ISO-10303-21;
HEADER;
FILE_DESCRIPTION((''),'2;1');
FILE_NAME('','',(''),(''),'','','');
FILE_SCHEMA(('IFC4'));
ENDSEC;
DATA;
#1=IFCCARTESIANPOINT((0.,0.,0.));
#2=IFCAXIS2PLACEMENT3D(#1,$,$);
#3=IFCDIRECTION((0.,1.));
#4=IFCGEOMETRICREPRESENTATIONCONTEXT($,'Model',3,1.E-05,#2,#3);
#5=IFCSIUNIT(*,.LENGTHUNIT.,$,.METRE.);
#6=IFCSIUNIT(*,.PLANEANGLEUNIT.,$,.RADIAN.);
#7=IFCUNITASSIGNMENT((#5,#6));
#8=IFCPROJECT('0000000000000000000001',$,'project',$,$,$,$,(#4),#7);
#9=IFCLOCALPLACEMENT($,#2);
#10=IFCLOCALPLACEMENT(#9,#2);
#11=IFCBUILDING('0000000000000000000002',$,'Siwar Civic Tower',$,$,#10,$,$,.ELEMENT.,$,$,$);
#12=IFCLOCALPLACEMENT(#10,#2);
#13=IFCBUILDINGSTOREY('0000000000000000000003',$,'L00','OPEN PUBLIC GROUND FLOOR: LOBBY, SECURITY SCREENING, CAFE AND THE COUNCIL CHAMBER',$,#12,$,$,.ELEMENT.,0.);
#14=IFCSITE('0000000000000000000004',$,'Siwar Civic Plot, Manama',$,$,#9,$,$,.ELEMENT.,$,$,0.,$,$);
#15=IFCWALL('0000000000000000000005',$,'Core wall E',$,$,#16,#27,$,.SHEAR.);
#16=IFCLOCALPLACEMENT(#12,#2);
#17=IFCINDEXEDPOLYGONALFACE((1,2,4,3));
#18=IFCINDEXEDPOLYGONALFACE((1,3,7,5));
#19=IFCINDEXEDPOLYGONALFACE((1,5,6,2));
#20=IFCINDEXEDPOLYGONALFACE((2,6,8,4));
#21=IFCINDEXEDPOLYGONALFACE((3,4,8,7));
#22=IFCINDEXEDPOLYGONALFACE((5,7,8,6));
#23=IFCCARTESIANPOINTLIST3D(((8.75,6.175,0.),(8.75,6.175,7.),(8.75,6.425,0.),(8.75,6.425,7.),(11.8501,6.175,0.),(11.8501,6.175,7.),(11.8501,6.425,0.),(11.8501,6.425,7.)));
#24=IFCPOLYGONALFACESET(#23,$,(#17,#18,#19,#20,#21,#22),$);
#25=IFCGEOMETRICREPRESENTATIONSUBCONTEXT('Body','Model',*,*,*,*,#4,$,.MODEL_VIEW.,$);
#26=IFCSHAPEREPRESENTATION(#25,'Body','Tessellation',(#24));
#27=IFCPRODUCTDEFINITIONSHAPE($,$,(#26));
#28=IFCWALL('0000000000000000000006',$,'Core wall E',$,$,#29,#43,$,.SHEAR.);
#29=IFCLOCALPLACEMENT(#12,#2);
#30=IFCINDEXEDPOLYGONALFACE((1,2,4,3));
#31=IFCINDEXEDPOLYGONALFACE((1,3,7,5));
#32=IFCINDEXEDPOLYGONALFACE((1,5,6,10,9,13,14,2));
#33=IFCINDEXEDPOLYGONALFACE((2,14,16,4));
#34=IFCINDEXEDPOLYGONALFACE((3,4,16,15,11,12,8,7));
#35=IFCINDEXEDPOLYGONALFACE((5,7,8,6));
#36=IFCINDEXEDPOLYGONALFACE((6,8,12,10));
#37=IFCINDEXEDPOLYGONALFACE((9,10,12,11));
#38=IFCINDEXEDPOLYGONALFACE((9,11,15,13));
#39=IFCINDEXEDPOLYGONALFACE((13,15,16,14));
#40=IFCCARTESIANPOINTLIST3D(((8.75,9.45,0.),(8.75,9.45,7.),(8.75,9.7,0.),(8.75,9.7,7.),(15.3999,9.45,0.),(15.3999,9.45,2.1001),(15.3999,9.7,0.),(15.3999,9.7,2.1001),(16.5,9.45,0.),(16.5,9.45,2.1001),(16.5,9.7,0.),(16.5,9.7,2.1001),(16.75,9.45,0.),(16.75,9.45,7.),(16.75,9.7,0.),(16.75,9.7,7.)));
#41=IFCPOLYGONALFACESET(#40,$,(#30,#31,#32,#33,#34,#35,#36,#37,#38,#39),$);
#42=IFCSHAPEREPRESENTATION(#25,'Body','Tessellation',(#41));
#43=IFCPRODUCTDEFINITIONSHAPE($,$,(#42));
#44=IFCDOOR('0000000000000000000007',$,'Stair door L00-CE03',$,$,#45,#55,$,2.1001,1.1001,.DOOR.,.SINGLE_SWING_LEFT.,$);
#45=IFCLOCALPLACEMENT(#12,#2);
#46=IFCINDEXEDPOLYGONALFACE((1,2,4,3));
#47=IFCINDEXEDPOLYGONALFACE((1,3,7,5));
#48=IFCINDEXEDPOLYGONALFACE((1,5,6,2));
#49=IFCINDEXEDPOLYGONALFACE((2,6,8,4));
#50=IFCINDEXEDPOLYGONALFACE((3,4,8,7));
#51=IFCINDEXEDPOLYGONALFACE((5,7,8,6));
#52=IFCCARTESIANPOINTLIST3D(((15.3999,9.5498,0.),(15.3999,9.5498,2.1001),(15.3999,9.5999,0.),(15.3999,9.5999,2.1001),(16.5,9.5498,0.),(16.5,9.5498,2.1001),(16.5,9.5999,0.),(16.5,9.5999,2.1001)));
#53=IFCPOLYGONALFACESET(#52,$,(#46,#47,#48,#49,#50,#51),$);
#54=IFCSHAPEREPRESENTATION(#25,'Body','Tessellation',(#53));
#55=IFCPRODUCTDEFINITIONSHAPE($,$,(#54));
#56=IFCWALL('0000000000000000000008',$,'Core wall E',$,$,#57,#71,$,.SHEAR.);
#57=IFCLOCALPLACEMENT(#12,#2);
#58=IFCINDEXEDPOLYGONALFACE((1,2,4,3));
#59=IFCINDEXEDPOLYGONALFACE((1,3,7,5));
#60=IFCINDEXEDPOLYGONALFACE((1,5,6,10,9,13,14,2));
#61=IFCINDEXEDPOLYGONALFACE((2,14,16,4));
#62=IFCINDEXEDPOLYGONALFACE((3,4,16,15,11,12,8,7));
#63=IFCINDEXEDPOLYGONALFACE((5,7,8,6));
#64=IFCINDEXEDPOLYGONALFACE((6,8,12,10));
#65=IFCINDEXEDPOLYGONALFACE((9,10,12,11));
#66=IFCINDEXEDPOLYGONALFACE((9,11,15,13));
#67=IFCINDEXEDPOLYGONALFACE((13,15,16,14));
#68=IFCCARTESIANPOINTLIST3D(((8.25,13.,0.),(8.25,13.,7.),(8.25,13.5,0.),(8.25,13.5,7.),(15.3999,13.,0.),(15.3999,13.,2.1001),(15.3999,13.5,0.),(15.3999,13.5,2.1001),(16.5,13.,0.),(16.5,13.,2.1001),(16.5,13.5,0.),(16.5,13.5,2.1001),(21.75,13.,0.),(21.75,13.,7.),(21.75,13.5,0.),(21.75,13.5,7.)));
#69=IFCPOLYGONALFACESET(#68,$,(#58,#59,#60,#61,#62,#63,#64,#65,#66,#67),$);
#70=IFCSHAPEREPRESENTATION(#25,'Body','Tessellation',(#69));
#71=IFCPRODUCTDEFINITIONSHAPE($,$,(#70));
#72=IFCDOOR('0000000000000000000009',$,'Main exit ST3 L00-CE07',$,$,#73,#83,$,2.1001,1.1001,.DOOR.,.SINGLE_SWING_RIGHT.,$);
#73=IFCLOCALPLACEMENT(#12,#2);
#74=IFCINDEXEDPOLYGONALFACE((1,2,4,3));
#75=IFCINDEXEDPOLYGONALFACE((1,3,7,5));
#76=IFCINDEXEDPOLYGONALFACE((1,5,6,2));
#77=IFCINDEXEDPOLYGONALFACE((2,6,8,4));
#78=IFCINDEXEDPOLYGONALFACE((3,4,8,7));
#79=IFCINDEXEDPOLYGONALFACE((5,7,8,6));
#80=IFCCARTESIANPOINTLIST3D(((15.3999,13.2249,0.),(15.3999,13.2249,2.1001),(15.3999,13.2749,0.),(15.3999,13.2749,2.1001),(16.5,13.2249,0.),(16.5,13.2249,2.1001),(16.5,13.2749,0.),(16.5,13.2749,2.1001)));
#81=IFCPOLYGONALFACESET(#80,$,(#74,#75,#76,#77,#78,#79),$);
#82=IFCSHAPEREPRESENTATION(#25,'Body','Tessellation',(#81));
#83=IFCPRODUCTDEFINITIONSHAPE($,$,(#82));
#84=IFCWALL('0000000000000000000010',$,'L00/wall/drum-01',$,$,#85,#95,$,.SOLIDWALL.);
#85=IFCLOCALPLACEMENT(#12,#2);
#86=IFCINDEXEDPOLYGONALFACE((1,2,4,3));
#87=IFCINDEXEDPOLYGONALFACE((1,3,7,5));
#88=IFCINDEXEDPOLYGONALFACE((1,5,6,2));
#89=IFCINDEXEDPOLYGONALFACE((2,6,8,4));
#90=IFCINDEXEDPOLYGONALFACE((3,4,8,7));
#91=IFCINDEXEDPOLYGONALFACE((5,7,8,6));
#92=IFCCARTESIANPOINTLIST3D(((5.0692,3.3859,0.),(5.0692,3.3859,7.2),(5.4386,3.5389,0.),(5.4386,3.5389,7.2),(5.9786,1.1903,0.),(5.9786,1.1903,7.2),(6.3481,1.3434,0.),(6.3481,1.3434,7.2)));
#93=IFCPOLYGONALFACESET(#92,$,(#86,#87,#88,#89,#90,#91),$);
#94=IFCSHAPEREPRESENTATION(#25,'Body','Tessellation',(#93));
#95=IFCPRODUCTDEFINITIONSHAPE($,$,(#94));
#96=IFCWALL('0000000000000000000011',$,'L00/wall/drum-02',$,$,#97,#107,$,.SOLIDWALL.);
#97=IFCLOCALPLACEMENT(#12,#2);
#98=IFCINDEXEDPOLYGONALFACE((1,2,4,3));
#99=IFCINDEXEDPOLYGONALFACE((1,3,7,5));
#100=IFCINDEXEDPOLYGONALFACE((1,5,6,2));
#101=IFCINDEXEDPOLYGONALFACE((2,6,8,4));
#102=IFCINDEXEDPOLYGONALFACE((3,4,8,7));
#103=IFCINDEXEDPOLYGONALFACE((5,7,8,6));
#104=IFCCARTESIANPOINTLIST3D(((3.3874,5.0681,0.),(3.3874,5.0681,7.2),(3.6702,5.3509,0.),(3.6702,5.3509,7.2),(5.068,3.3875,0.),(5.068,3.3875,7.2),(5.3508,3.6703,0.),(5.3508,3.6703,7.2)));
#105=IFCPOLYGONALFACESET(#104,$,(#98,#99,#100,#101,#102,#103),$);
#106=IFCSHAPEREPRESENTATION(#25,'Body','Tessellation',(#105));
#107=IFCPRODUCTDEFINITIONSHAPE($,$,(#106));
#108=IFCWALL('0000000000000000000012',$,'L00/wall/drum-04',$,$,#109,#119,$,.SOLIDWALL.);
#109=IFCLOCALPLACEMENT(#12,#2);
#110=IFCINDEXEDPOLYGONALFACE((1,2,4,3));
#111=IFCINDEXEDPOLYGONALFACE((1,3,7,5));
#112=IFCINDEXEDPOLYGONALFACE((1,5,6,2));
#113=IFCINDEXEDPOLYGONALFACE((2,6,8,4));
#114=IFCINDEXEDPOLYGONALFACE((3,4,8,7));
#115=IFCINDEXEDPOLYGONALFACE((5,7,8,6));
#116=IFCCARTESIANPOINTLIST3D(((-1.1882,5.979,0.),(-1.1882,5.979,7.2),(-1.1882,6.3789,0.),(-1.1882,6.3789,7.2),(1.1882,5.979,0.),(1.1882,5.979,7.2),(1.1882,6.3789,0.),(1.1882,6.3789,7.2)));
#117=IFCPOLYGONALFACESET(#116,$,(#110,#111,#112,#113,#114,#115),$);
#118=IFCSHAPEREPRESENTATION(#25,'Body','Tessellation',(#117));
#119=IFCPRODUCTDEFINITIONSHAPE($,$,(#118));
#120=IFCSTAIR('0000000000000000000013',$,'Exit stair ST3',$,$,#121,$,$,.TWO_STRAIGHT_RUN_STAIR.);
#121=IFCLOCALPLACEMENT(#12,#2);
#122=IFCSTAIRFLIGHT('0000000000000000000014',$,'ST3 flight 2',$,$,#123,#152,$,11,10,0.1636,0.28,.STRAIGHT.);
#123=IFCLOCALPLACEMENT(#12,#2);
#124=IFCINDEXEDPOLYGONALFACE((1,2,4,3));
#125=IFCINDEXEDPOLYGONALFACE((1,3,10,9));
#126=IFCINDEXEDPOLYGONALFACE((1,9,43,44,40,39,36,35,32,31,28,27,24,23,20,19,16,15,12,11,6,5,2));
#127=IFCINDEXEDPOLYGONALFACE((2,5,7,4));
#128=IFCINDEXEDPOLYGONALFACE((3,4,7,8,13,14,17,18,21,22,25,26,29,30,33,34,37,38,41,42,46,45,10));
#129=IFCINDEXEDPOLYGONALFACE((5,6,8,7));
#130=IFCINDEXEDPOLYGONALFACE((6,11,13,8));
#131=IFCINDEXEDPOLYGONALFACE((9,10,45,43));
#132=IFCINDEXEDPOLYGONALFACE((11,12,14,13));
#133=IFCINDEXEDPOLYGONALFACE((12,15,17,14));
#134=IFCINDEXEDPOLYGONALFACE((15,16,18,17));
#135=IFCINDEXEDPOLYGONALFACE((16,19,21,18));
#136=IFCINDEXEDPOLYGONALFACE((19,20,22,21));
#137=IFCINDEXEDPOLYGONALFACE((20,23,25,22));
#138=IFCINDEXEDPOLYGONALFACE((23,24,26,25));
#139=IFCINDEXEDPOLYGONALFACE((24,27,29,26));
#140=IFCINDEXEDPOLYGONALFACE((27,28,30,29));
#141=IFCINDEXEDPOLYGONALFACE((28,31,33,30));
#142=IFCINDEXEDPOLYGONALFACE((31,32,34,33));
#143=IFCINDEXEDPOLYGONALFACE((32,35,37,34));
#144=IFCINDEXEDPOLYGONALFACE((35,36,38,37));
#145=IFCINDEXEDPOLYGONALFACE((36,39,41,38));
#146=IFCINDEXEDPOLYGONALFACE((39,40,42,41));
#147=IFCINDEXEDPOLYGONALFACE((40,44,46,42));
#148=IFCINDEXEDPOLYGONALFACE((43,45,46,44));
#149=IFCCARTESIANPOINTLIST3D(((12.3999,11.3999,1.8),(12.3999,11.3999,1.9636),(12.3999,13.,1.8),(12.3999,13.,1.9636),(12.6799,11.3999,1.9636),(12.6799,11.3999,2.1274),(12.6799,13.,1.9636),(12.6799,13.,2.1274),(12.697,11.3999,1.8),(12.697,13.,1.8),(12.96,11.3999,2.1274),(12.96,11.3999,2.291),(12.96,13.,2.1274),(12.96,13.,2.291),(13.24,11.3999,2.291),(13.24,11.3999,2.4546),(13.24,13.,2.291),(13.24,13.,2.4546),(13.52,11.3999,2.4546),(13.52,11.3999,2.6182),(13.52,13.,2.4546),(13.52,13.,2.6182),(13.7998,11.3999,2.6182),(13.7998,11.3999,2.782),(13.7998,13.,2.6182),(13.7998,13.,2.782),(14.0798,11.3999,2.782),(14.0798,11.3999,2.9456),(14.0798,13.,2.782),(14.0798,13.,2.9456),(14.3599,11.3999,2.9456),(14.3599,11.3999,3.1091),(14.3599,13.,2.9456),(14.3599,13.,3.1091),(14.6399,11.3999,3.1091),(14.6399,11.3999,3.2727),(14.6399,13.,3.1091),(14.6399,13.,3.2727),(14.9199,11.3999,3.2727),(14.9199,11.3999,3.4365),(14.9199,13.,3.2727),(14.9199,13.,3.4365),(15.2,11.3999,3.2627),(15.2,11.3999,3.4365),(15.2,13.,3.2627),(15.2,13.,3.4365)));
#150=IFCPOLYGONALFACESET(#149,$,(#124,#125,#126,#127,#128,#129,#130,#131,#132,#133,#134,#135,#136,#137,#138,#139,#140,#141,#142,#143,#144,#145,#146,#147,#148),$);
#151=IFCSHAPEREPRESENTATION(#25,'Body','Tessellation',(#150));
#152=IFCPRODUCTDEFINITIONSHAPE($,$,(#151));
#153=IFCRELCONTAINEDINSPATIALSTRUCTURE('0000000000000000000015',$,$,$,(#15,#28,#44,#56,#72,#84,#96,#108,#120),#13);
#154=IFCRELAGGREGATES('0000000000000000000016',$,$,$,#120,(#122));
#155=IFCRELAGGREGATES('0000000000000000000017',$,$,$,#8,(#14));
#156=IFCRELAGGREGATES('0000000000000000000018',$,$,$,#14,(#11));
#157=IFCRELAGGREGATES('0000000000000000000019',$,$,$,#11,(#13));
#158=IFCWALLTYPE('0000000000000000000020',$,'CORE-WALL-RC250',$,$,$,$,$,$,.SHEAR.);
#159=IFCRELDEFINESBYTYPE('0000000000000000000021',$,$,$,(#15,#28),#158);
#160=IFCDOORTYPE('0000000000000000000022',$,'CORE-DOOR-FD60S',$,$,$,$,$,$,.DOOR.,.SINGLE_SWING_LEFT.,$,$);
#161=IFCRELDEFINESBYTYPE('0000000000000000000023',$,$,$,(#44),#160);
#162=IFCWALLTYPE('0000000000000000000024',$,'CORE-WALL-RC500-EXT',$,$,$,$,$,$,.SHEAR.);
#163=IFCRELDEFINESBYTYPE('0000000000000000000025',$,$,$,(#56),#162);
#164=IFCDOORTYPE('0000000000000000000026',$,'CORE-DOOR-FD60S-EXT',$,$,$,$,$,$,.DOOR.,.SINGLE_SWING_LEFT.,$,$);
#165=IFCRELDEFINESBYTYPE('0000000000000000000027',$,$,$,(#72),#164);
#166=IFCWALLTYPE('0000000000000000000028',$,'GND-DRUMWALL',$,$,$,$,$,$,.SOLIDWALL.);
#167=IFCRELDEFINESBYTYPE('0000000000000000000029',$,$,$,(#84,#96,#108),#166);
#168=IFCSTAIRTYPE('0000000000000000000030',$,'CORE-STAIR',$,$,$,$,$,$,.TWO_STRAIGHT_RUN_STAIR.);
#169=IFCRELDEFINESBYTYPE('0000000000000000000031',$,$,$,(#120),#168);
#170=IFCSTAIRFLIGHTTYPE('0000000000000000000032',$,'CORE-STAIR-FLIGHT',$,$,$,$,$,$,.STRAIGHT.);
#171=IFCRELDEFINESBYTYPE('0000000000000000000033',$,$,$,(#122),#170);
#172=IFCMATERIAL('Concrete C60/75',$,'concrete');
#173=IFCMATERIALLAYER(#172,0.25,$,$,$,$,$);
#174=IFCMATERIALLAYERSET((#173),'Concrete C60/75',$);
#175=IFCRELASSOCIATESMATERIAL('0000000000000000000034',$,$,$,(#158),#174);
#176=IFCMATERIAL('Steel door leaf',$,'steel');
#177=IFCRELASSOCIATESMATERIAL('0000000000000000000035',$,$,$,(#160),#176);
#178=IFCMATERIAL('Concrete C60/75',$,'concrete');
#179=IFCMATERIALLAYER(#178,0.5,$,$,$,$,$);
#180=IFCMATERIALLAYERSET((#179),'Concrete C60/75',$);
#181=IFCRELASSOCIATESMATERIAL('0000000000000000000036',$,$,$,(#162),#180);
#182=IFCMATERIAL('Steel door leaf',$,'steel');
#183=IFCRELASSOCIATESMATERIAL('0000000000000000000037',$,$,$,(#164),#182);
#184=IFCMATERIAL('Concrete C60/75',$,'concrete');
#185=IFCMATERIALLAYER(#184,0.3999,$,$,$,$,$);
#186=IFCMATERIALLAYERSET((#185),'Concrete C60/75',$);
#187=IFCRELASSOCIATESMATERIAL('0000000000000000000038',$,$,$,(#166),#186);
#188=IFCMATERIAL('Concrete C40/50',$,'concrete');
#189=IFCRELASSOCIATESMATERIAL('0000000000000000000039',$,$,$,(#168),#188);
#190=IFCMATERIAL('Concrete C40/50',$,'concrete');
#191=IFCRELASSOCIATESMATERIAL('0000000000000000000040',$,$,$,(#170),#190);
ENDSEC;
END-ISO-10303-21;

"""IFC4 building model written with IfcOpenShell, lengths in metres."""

from ifc_helpers import new_model, si_unit, direction, frame, frame_2d, origin, place, context, subcontext, project, spatial, polyline, rectangle, outline, extrude, material, layer, layer_set, type_object, element, fill, aggregate, save


model = new_model("IFC4")

# Units and contexts
model_context = context("Model", 3, precision=1e-05, world=origin(), true_north=direction((0.0, 1.0)))
body_context = subcontext(model_context, "Body", "Model", "MODEL_VIEW")
ifc_project = project(units=[si_unit("LENGTHUNIT", "METRE"), si_unit("PLANEANGLEUNIT", "RADIAN")], contexts=[model_context])

# Site, building, storey
site_placement = place(None, origin())
site = spatial("IfcSite", under=ifc_project, at=site_placement, Name="Siwar Civic Plot, Manama", CompositionType="ELEMENT", RefElevation=0.0)
building_placement = place(site_placement, origin())
building = spatial("IfcBuilding", under=site, at=building_placement, Name="Siwar Civic Tower", CompositionType="ELEMENT")
storey_placement = place(building_placement, origin())
storey = spatial("IfcBuildingStorey", under=building, at=storey_placement, Name="L00", Description="OPEN PUBLIC GROUND FLOOR: LOBBY, SECURITY SCREENING, CAFE AND THE COUNCIL CHAMBER", CompositionType="ELEMENT", Elevation=0.0)

# Shared definitions
ifc_material_1 = material(Name="Concrete C60/75", Category="concrete")
ifc_layer_1 = layer(ifc_material_1, 0.25)
ifc_layer_set_1 = layer_set([ifc_layer_1], Name="Concrete C60/75")
wall_type_1 = type_object("IfcWallType", Name="CORE-WALL-RC250", PredefinedType="SHEAR", material=ifc_layer_set_1)

# Wall
for number, where, z_axis, x_axis, name in (
    (1, (8.75, 6.3, 0.0), (0.0, 0.0, 1.0), (1.0, 0.0, 0.0), "Core wall E"),
):
    element("IfcWall", number, at=place(storey_placement, frame(where, z_axis=z_axis, x_axis=x_axis)), inside=storey, type_object=wall_type_1, Name=name, PredefinedType="SHEAR", context=body_context, shape_type="SweptSolid", body=[
        extrude(rectangle(XDim=3.1001, YDim=0.25, at=frame_2d((1.55, 0.0))), origin(), (0.0, 0.0, 1.0), 7.0),
    ])

# Walls, openings, doors
wall_1_placement = place(storey_placement, frame((8.75, 9.575, 0.0), z_axis=(0.0, 0.0, 1.0), x_axis=(1.0, 0.0, 0.0)))
wall_1 = element("IfcWall", 2, at=wall_1_placement, inside=storey, type_object=wall_type_1, Name="Core wall E", PredefinedType="SHEAR", context=body_context, shape_type="SweptSolid", body=[
    extrude(rectangle(XDim=8.0, YDim=0.25, at=frame_2d((4.0, 0.0))), origin(), (0.0, 0.0, 1.0), 7.0),
])
opening_1_placement = place(wall_1_placement, frame((6.6499, 0.0, 0.0)))
opening_1 = element("IfcOpeningElement", 3, at=opening_1_placement, cuts=wall_1, PredefinedType="OPENING", context=body_context, shape_type="SweptSolid", body=[
    extrude(rectangle(XDim=1.1001, YDim=2.1001, at=frame_2d((0.55, 1.05))), frame((0.0, 0.135, 0.0), z_axis=(0.0, -1.0, 0.0), x_axis=(1.0, 0.0, 0.0)), (0.0, 0.0, 1.0), 0.27),
])
ifc_material_2 = material(Name="Steel door leaf", Category="steel")
door_type_1 = type_object("IfcDoorType", Name="CORE-DOOR-FD60S", OperationType="SINGLE_SWING_LEFT", PredefinedType="DOOR", material=ifc_material_2)
door_1_placement = place(opening_1_placement, origin())
door_1 = element("IfcDoor", 4, at=door_1_placement, inside=storey, type_object=door_type_1, Name="Stair door L00-CE03", OperationType="SINGLE_SWING_LEFT", OverallHeight=2.1001, OverallWidth=1.1001, PredefinedType="DOOR", context=body_context, shape_type="SweptSolid", body=[
    extrude(rectangle(XDim=1.1001, YDim=2.1001, at=frame_2d((0.55, 1.05))), frame((0.0, 0.0249, 0.0), z_axis=(0.0, -1.0, 0.0), x_axis=(1.0, 0.0, 0.0)), (0.0, 0.0, 1.0), 0.05),
])
fill(opening_1, door_1)
ifc_material_3 = material(Name="Concrete C60/75", Category="concrete")
ifc_layer_2 = layer(ifc_material_3, 0.5)
ifc_layer_set_2 = layer_set([ifc_layer_2], Name="Concrete C60/75")
wall_type_2 = type_object("IfcWallType", Name="CORE-WALL-RC500-EXT", PredefinedType="SHEAR", material=ifc_layer_set_2)
wall_2_placement = place(storey_placement, frame((8.25, 13.25, 0.0), z_axis=(0.0, 0.0, 1.0), x_axis=(1.0, 0.0, 0.0)))
wall_2 = element("IfcWall", 5, at=wall_2_placement, inside=storey, type_object=wall_type_2, Name="Core wall E", PredefinedType="SHEAR", context=body_context, shape_type="SweptSolid", body=[
    extrude(rectangle(XDim=13.5, YDim=0.5, at=frame_2d((6.75, 0.0))), origin(), (0.0, 0.0, 1.0), 7.0),
])
opening_2_placement = place(wall_2_placement, frame((7.1499, 0.0, 0.0)))
opening_2 = element("IfcOpeningElement", 6, at=opening_2_placement, cuts=wall_2, PredefinedType="OPENING", context=body_context, shape_type="SweptSolid", body=[
    extrude(rectangle(XDim=1.1001, YDim=2.1001, at=frame_2d((0.55, 1.05))), frame((0.0, 0.26, 0.0), z_axis=(0.0, -1.0, 0.0), x_axis=(1.0, 0.0, 0.0)), (0.0, 0.0, 1.0), 0.52),
])
ifc_material_4 = material(Name="Steel door leaf", Category="steel")
door_type_2 = type_object("IfcDoorType", Name="CORE-DOOR-FD60S-EXT", OperationType="SINGLE_SWING_LEFT", PredefinedType="DOOR", material=ifc_material_4)
door_2_placement = place(opening_2_placement, origin())
door_2 = element("IfcDoor", 7, at=door_2_placement, inside=storey, type_object=door_type_2, Name="Main exit ST3 L00-CE07", OperationType="SINGLE_SWING_RIGHT", OverallHeight=2.1001, OverallWidth=1.1001, PredefinedType="DOOR", context=body_context, shape_type="SweptSolid", body=[
    extrude(rectangle(XDim=1.1001, YDim=2.1001, at=frame_2d((0.55, 1.05))), frame((0.0, 0.0249, 0.0), z_axis=(0.0, -1.0, 0.0), x_axis=(1.0, 0.0, 0.0)), (0.0, 0.0, 1.0), 0.05),
])
fill(opening_2, door_2)

# Walls
ifc_material_5 = material(Name="Concrete C60/75", Category="concrete")
ifc_layer_3 = layer(ifc_material_5, 0.3999)
ifc_layer_set_3 = layer_set([ifc_layer_3], Name="Concrete C60/75")
wall_type_3 = type_object("IfcWallType", Name="GND-DRUMWALL", PredefinedType="SOLIDWALL", material=ifc_layer_set_3)
wall_3_placement = place(storey_placement, frame((6.1633, 1.2668, 0.0), z_axis=(0.0, 0.0, 1.0), x_axis=(-0.382681, 0.92388, 0.0)))
element("IfcWall", 8, at=wall_3_placement, inside=storey, type_object=wall_type_3, Name="L00/wall/drum-01", PredefinedType="SOLIDWALL", context=body_context, shape_type="SweptSolid", body=[
    extrude(rectangle(XDim=2.3765, YDim=0.3999, at=frame_2d((1.1882, 0.0))), origin(), (0.0, 0.0, 1.0), 7.2),
])
wall_4_placement = place(storey_placement, frame((5.2095, 3.5288, 0.0), z_axis=(0.0, 0.0, 1.0), x_axis=(-0.707107, 0.707107, 0.0)))
element("IfcWall", 9, at=wall_4_placement, inside=storey, type_object=wall_type_3, Name="L00/wall/drum-02", PredefinedType="SOLIDWALL", context=body_context, shape_type="SweptSolid", body=[
    extrude(rectangle(XDim=2.3767, YDim=0.3999, at=frame_2d((1.1885, 0.0))), origin(), (0.0, 0.0, 1.0), 7.2),
])

# Wall
wall_5_placement = place(storey_placement, frame((1.1882, 6.179, 0.0), z_axis=(0.0, 0.0, 1.0), x_axis=(-1.0, 0.0, 0.0)))
element("IfcWall", 10, at=wall_5_placement, inside=storey, type_object=wall_type_3, Name="L00/wall/drum-04", PredefinedType="SOLIDWALL", context=body_context, shape_type="SweptSolid", body=[
    extrude(rectangle(XDim=2.3765, YDim=0.3999, at=frame_2d((1.1882, 0.0))), origin(), (0.0, 0.0, 1.0), 7.2),
])

# Stair, stair flight
ifc_material_6 = material(Name="Concrete C40/50", Category="concrete")
stair_type_1 = type_object("IfcStairType", Name="CORE-STAIR", PredefinedType="TWO_STRAIGHT_RUN_STAIR", material=ifc_material_6)
stair_1_placement = place(storey_placement, origin())
stair_1 = element("IfcStair", 11, at=stair_1_placement, inside=storey, type_object=stair_type_1, Name="Exit stair ST3", PredefinedType="TWO_STRAIGHT_RUN_STAIR")
ifc_material_7 = material(Name="Concrete C40/50", Category="concrete")
stair_flight_type = type_object("IfcStairFlightType", Name="CORE-STAIR-FLIGHT", PredefinedType="STRAIGHT", material=ifc_material_7)
stair_flight_1_placement = place(storey_placement, frame((12.3999, 12.2, 1.8), z_axis=(0.0, 0.0, 1.0), x_axis=(1.0, 0.0, 0.0)))
stair_flight_1 = element("IfcStairFlight", 12, at=stair_flight_1_placement, type_object=stair_flight_type, Name="ST3 flight 2", NumberOfRisers=11, NumberOfTreads=10, PredefinedType="STRAIGHT", RiserHeight=0.1636, TreadLength=0.28, context=body_context, shape_type="SweptSolid", body=[
    extrude(outline(polyline([(0.0, 0.0), (0.0, 0.1636), (0.28, 0.1636), (0.28, 0.3274), (0.5601, 0.3274), (0.5601, 0.491), (0.8401, 0.491), (0.8401, 0.6545), (1.1201, 0.6545), (1.1201, 0.8181), (1.3999, 0.8181), (1.3999, 0.9819), (1.6799, 0.9819), (1.6799, 1.1455), (1.96, 1.1455), (1.96, 1.3091), (2.24, 1.3091), (2.24, 1.4727), (2.52, 1.4727), (2.52, 1.6365), (2.8, 1.6365), (2.8, 1.8), (2.8, 1.4626), (0.2971, 0.0), (0.0, 0.0)])), frame((0.0, 0.8, 0.0), z_axis=(0.0, -1.0, 0.0), x_axis=(1.0, 0.0, 0.0)), (0.0, 0.0, 1.0), 1.6001),
])
aggregate(stair_1, [stair_flight_1])

save(model, "model.ifc")
